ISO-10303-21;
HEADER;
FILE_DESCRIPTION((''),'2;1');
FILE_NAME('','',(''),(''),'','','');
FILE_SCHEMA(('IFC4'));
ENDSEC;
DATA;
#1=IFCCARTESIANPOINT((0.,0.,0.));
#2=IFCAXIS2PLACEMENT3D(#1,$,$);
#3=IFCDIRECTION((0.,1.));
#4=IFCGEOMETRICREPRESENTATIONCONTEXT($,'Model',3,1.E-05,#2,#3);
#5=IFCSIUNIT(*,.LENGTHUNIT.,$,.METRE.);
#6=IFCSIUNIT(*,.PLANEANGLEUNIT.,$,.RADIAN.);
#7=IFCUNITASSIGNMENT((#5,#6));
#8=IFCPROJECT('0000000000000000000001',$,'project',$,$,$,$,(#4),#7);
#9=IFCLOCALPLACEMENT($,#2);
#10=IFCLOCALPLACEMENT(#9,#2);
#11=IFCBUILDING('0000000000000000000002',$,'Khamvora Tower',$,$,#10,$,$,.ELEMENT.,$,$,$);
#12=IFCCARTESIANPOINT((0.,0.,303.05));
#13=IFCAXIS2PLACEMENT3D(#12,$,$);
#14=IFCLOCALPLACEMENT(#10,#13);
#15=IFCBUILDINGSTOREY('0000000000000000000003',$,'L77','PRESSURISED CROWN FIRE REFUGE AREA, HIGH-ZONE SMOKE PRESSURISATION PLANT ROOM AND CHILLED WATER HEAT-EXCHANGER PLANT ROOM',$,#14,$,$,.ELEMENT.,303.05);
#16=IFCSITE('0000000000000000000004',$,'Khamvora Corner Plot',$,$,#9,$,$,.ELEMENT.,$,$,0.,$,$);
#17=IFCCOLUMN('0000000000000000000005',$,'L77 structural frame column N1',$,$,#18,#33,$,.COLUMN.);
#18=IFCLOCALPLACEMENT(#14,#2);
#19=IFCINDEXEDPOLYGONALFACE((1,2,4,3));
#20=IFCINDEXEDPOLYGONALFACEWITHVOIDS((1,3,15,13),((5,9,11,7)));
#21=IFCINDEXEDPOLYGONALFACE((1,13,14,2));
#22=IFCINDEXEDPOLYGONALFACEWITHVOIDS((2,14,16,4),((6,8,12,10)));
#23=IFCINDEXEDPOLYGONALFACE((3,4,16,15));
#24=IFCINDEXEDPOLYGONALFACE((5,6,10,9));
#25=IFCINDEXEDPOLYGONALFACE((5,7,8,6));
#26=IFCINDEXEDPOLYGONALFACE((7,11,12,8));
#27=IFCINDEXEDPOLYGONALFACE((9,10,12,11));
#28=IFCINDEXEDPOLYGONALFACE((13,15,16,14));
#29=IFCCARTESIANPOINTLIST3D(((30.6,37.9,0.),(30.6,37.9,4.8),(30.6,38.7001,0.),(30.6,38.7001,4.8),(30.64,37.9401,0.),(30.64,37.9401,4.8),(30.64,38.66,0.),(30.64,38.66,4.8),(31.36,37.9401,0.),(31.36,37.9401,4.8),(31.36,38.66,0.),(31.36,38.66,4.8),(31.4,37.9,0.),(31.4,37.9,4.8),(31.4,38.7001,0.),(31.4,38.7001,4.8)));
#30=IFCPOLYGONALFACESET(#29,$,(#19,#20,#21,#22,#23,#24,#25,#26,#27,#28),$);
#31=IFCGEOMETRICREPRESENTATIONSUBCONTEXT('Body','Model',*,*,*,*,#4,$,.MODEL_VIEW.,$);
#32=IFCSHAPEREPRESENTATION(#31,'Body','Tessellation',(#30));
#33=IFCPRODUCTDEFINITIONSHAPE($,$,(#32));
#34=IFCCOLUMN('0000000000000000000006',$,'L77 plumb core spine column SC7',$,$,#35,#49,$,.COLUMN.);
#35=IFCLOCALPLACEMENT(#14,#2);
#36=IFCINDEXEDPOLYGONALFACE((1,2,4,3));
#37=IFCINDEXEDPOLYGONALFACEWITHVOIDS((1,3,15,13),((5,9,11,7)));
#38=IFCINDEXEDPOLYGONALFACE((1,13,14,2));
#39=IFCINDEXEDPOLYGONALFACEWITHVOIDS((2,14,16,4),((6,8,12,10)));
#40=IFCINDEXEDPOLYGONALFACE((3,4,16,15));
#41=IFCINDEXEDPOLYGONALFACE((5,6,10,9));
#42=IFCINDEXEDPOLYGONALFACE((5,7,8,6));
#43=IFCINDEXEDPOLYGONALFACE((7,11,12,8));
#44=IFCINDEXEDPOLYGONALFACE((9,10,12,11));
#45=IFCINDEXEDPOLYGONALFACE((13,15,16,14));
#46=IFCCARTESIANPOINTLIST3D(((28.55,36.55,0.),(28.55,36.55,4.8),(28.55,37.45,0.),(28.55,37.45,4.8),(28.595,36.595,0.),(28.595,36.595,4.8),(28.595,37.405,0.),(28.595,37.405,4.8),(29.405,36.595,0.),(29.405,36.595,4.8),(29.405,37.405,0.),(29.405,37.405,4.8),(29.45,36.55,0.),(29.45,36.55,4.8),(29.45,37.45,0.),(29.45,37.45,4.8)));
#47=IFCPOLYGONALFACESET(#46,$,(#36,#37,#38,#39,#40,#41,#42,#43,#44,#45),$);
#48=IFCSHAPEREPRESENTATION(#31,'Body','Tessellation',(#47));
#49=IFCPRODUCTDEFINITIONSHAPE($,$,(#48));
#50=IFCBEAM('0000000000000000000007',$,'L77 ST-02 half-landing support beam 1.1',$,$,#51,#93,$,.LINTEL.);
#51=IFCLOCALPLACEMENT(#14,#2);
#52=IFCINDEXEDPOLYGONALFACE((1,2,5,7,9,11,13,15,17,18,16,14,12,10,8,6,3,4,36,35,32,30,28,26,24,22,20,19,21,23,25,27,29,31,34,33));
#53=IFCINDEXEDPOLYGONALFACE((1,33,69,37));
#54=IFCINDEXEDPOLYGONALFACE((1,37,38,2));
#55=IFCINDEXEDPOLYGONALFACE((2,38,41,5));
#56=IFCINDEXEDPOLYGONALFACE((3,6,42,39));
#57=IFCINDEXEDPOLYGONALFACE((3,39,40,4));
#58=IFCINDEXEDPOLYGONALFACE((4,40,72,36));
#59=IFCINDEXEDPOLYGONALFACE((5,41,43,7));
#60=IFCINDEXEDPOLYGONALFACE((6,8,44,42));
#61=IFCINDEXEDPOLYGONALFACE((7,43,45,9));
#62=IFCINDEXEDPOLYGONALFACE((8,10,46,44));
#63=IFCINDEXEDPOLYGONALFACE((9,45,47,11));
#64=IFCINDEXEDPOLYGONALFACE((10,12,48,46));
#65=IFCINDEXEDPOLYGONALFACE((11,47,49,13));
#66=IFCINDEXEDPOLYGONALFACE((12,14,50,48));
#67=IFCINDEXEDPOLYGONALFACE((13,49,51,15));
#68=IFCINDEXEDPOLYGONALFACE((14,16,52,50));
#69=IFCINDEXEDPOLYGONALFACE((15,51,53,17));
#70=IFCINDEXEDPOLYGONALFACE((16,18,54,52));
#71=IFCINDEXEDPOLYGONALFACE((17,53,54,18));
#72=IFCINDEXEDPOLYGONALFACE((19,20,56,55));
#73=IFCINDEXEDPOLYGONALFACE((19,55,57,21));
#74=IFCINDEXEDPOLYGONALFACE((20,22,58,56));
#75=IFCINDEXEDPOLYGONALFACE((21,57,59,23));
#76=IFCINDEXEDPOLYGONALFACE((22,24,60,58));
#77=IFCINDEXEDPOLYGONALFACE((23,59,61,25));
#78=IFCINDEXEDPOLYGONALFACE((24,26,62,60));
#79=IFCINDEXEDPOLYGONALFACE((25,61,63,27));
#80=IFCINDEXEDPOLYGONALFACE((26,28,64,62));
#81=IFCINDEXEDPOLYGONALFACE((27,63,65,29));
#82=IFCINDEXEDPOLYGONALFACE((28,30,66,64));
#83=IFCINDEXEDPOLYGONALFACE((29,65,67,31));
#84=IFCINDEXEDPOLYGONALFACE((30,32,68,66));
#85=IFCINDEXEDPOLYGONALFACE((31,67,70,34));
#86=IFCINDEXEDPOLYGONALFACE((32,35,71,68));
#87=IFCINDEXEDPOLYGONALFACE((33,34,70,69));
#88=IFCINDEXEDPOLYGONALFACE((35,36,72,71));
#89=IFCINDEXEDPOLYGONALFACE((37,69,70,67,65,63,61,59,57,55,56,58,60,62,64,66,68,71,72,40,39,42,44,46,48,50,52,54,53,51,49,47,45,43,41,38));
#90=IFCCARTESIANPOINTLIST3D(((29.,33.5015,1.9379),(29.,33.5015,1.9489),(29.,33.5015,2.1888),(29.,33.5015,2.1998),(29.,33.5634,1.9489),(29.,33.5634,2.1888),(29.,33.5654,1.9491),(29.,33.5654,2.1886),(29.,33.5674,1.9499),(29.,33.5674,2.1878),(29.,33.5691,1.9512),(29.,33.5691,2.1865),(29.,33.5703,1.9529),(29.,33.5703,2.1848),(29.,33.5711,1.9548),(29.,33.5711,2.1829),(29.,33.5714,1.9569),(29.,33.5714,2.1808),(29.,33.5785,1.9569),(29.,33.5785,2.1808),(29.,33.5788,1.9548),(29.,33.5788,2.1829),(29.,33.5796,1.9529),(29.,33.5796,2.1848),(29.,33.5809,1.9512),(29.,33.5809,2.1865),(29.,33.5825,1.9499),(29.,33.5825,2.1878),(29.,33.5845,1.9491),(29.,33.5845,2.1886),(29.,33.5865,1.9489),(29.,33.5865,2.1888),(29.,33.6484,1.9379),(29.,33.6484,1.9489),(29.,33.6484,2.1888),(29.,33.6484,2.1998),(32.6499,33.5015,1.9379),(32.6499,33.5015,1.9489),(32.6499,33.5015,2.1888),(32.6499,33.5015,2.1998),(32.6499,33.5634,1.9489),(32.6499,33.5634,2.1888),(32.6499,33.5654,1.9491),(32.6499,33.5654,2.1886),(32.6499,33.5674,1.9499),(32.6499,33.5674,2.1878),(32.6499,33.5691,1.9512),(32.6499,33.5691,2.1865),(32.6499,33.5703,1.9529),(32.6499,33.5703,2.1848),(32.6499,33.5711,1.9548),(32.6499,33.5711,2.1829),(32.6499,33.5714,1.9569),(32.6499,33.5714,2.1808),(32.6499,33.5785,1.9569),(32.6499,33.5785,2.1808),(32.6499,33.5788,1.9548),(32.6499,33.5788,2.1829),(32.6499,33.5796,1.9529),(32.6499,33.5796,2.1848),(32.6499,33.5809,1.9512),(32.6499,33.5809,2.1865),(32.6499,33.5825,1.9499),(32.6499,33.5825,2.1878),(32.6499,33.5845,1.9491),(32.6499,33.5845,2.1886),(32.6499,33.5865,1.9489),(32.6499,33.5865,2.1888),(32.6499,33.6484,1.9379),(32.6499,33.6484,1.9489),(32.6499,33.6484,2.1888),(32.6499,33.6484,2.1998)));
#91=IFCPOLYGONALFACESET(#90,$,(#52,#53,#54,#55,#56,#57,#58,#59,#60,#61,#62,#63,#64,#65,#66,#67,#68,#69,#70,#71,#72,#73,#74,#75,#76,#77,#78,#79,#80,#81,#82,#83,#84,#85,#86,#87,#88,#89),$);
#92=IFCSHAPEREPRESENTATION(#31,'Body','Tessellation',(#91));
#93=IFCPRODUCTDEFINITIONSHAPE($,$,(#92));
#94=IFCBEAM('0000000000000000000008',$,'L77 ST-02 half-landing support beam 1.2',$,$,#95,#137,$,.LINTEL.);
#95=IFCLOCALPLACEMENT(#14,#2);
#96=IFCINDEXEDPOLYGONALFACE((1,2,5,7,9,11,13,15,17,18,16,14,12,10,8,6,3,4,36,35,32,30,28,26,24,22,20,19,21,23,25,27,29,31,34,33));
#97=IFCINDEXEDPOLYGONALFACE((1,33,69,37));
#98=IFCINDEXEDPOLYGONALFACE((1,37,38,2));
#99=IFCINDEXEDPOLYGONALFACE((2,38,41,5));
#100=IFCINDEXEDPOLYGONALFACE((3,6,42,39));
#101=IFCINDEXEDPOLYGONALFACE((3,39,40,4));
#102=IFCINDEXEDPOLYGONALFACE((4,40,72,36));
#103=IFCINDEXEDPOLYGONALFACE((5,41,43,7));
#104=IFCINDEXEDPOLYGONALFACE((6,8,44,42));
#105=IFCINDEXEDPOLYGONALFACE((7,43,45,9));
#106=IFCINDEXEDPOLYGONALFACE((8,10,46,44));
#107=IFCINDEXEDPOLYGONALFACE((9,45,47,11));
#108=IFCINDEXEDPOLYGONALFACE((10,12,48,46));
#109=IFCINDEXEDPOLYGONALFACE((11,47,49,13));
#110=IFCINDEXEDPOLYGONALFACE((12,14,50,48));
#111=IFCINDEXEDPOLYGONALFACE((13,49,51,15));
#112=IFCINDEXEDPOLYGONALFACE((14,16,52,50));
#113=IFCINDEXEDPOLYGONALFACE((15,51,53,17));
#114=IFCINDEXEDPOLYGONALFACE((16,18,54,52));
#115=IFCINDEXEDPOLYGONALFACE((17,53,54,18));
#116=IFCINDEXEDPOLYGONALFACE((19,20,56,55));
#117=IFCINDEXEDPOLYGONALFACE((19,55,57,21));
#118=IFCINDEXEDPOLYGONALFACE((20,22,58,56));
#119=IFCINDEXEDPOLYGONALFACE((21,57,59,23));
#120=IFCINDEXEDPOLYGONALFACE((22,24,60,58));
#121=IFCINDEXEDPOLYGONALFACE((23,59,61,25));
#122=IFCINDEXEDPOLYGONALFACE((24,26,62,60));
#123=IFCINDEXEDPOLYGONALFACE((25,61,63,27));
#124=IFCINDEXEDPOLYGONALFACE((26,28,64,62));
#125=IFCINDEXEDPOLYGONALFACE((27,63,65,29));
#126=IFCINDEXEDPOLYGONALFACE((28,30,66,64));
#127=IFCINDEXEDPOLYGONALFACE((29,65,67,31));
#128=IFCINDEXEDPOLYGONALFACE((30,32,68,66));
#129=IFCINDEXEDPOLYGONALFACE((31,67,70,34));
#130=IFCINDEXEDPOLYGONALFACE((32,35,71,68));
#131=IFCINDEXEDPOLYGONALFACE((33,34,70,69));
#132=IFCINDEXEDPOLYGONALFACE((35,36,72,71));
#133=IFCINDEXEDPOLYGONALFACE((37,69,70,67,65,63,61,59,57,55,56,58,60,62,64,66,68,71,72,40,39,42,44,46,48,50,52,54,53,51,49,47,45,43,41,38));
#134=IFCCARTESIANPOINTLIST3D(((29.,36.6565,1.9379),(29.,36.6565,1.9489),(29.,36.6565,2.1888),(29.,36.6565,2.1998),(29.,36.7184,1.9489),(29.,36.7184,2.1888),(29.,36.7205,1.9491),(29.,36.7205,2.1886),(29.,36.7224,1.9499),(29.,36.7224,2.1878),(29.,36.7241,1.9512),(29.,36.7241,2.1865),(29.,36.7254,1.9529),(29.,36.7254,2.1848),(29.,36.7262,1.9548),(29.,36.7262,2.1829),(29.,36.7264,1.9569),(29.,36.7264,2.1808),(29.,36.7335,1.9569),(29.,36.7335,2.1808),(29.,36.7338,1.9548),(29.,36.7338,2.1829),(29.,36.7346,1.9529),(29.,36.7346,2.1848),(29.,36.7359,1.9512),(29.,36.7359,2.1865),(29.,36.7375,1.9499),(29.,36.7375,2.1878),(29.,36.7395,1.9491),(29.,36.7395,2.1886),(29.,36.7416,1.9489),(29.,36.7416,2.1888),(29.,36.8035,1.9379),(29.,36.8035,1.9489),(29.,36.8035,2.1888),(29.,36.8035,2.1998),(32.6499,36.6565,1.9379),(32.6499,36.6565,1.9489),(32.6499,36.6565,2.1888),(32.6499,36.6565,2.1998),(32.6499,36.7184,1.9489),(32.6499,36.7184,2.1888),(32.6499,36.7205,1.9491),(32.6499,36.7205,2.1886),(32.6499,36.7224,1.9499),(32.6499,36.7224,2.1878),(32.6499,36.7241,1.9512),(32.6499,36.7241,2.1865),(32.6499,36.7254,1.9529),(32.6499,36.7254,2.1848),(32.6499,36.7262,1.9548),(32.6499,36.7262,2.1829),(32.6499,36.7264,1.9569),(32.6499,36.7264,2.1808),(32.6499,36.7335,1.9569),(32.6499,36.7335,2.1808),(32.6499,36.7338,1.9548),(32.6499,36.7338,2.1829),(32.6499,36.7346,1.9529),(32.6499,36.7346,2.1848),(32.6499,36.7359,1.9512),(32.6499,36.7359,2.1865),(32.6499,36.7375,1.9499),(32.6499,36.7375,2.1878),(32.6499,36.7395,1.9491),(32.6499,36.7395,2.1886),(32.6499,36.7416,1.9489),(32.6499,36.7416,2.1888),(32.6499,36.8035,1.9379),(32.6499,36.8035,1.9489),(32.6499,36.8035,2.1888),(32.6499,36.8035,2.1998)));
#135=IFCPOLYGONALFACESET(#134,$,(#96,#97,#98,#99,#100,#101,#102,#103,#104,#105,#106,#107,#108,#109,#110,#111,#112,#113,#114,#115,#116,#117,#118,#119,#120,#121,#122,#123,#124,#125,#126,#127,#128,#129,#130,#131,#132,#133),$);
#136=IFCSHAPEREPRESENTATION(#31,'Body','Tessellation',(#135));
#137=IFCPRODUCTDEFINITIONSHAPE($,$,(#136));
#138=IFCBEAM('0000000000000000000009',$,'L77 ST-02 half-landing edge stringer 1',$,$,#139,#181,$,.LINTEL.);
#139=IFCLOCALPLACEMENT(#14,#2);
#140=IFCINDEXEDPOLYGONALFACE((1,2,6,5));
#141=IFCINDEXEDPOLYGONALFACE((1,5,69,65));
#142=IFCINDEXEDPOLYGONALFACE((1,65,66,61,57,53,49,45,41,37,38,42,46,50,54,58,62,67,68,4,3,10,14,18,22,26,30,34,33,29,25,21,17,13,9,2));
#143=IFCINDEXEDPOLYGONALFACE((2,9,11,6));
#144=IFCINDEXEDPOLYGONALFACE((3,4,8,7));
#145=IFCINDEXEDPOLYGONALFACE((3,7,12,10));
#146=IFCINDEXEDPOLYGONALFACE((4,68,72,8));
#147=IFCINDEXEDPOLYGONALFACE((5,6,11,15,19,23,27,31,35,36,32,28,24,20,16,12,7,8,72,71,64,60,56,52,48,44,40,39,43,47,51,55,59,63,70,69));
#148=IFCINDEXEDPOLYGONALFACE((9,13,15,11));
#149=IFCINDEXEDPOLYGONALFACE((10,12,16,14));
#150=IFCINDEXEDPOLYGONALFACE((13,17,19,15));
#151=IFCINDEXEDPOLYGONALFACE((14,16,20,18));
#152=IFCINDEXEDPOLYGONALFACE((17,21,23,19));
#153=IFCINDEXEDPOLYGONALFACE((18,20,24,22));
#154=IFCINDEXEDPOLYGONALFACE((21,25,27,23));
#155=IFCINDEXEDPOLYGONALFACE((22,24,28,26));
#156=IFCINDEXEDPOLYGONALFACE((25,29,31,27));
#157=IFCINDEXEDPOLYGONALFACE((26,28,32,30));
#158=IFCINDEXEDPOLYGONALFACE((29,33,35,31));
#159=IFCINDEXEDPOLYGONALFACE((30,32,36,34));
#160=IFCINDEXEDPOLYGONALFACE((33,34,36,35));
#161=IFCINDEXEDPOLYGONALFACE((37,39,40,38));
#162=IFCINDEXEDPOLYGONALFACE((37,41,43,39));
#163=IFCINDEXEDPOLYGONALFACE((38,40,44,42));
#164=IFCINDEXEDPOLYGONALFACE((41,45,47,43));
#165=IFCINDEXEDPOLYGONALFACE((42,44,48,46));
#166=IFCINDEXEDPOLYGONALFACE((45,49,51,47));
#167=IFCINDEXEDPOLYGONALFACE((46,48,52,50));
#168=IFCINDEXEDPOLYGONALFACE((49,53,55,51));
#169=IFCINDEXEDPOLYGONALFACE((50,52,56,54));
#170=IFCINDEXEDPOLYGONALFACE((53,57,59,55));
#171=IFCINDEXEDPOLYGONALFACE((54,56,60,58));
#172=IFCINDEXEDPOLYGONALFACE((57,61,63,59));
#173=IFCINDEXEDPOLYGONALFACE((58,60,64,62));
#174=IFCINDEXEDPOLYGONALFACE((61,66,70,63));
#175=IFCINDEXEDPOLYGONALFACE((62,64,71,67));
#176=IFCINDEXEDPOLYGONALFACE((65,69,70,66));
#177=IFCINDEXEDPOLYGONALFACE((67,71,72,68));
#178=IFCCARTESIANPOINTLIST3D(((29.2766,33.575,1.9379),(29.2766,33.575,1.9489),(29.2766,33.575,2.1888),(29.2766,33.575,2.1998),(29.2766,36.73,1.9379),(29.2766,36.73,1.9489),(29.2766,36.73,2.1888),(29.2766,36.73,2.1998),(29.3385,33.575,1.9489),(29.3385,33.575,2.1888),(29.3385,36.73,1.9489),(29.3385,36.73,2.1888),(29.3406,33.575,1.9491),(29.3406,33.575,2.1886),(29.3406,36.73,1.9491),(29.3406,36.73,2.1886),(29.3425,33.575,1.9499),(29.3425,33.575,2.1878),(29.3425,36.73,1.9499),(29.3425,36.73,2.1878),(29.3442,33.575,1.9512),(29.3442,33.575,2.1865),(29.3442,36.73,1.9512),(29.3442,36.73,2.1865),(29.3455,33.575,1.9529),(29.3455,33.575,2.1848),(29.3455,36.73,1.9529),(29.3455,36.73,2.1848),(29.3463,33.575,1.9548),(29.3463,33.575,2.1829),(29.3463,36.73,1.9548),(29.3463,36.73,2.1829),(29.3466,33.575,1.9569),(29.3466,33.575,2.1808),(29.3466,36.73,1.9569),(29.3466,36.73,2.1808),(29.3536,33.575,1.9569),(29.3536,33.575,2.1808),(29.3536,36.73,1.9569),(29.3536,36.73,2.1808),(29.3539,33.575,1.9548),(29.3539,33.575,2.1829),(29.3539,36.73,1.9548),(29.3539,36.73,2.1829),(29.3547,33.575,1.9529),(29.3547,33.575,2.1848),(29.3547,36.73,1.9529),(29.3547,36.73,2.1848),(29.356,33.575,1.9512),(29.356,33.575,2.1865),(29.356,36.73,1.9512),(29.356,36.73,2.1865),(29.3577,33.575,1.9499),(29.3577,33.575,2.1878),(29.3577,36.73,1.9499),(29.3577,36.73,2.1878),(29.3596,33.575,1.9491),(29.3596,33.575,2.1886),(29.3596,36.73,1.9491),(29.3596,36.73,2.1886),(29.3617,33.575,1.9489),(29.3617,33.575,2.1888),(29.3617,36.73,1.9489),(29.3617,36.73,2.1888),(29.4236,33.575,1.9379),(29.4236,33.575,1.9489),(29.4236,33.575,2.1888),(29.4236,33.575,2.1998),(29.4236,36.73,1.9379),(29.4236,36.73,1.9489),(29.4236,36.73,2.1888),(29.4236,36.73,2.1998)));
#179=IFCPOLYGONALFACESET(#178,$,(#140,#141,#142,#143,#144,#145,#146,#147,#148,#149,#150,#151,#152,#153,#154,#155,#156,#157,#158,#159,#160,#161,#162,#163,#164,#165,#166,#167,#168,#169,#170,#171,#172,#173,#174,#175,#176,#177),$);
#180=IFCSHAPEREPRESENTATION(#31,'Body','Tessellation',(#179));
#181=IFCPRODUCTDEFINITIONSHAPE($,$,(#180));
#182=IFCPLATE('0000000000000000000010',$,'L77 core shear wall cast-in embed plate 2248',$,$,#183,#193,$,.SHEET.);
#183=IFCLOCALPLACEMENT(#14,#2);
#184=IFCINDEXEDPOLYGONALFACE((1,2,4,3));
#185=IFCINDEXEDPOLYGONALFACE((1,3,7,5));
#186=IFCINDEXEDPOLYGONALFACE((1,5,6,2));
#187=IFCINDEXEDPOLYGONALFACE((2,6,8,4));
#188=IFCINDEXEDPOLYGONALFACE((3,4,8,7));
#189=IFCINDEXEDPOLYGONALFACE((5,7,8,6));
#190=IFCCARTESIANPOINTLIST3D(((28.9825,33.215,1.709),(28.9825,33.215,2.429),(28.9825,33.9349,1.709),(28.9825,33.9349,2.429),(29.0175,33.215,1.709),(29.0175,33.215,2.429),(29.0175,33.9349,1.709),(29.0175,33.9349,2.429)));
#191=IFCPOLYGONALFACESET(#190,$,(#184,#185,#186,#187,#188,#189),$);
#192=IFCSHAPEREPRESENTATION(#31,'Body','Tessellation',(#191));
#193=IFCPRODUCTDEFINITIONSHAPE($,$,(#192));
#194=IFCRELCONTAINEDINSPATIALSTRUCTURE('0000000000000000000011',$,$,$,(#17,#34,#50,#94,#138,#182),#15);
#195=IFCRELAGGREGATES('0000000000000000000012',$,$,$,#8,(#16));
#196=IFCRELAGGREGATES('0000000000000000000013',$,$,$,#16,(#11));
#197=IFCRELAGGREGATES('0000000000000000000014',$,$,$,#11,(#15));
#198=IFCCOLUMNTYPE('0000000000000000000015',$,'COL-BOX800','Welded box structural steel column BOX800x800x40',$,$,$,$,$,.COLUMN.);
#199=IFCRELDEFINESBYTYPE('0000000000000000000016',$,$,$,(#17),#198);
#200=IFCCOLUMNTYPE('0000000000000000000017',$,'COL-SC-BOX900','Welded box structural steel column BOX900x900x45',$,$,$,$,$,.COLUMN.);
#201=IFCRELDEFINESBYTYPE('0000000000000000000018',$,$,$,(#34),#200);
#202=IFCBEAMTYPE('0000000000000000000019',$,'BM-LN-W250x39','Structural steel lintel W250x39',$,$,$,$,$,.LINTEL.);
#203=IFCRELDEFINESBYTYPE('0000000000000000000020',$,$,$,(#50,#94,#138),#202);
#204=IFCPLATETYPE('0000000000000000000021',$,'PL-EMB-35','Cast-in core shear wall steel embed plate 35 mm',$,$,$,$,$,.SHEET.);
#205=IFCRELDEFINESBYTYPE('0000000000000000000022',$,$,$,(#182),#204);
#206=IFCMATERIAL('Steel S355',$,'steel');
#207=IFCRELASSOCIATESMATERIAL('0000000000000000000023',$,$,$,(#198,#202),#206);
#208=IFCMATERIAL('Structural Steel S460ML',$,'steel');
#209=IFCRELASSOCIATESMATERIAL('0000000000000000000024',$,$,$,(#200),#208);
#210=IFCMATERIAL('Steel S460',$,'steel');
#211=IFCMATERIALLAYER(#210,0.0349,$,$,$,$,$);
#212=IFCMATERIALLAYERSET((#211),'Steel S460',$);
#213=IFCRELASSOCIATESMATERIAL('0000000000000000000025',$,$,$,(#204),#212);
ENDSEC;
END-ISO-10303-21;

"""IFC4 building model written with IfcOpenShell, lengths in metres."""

from ifc_helpers import new_model, si_unit, direction, frame, origin, origin_2d, place, context, subcontext, project, spatial, rectangle, hollow_rectangle, i_section, extrude, material, layer, layer_set, material_profile, profile_set, type_object, element, save


model = new_model("IFC4")

# Units and contexts
model_context = context("Model", 3, precision=1e-05, world=origin(), true_north=direction((0.0, 1.0)))
body_context = subcontext(model_context, "Body", "Model", "MODEL_VIEW")
ifc_project = project(units=[si_unit("LENGTHUNIT", "METRE"), si_unit("PLANEANGLEUNIT", "RADIAN")], contexts=[model_context])

# Site, building, storey
site_placement = place(None, origin())
site = spatial("IfcSite", under=ifc_project, at=site_placement, Name="Khamvora Corner Plot", CompositionType="ELEMENT", RefElevation=0.0)
building_placement = place(site_placement, origin())
building = spatial("IfcBuilding", under=site, at=building_placement, Name="Khamvora Tower", CompositionType="ELEMENT")
storey_placement = place(building_placement, frame((0.0, 0.0, 303.05)))
storey = spatial("IfcBuildingStorey", under=building, at=storey_placement, Name="L77", Description="PRESSURISED CROWN FIRE REFUGE AREA, HIGH-ZONE SMOKE PRESSURISATION PLANT ROOM AND CHILLED WATER HEAT-EXCHANGER PLANT ROOM", CompositionType="ELEMENT", Elevation=303.05)

# Columns
ifc_material_1 = material(Name="Steel S355", Category="steel")
ifc_material_profile_1 = material_profile(ifc_material_1, hollow_rectangle(XDim=0.8, YDim=0.8, WallThickness=0.04, at=origin_2d()), Name="BOX800x800x40")
ifc_profile_set_1 = profile_set([ifc_material_profile_1], Name="Steel S355")
column_type_1 = type_object("IfcColumnType", Name="COL-BOX800", Description="Welded box structural steel column BOX800x800x40", PredefinedType="COLUMN", material=ifc_profile_set_1)
column_1_placement = place(storey_placement, frame((31.0, 38.3, 0.0), z_axis=(0.0, 0.0, 1.0), x_axis=(1.0, 0.0, 0.0)))
element("IfcColumn", 1, at=column_1_placement, inside=storey, type_object=column_type_1, Name="L77 structural frame column N1", PredefinedType="COLUMN", context=body_context, shape_type="SweptSolid", body=[
    extrude(hollow_rectangle(XDim=0.8, YDim=0.8, WallThickness=0.04, at=origin_2d()), origin(), (0.0, 0.0, 1.0), 4.8),
])
ifc_material_2 = material(Name="Structural Steel S460ML", Category="steel")
ifc_material_profile_2 = material_profile(ifc_material_2, hollow_rectangle(XDim=0.8999, YDim=0.8999, WallThickness=0.0449, at=origin_2d()), Name="BOX900x900x45")
ifc_profile_set_2 = profile_set([ifc_material_profile_2], Name="Structural Steel S460ML")
column_type_2 = type_object("IfcColumnType", Name="COL-SC-BOX900", Description="Welded box structural steel column BOX900x900x45", PredefinedType="COLUMN", material=ifc_profile_set_2)
column_2_placement = place(storey_placement, frame((29.0, 37.0, 0.0), z_axis=(0.0, 0.0, 1.0), x_axis=(1.0, 0.0, 0.0)))
element("IfcColumn", 2, at=column_2_placement, inside=storey, type_object=column_type_2, Name="L77 plumb core spine column SC7", PredefinedType="COLUMN", context=body_context, shape_type="SweptSolid", body=[
    extrude(hollow_rectangle(XDim=0.8999, YDim=0.8999, WallThickness=0.0449, at=origin_2d()), origin(), (0.0, 0.0, 1.0), 4.8),
])

# Beams
ifc_material_profile_3 = material_profile(ifc_material_1, i_section(OverallWidth=0.147, OverallDepth=0.262, WebThickness=0.0071, FlangeThickness=0.011, FilletRadius=0.0081, at=origin_2d()), Name="W250x39")
ifc_profile_set_3 = profile_set([ifc_material_profile_3], Name="Steel S355")
beam_type = type_object("IfcBeamType", Name="BM-LN-W250x39", Description="Structural steel lintel W250x39", PredefinedType="LINTEL", material=ifc_profile_set_3)
for number, where, z_axis, x_axis, name in (
    (3, (29.0, 33.575, 2.0688), (1.0, 0.0, 0.0), (0.0, 1.0, 0.0), "L77 ST-02 half-landing support beam 1.1"),
    (4, (29.0, 36.73, 2.0688), (1.0, 0.0, 0.0), (0.0, 1.0, 0.0), "L77 ST-02 half-landing support beam 1.2"),
):
    element("IfcBeam", number, at=place(storey_placement, frame(where, z_axis=z_axis, x_axis=x_axis)), inside=storey, type_object=beam_type, Name=name, PredefinedType="LINTEL", context=body_context, shape_type="SweptSolid", body=[
        extrude(i_section(OverallWidth=0.147, OverallDepth=0.262, WebThickness=0.0071, FlangeThickness=0.011, FilletRadius=0.0081, at=origin_2d()), origin(), (0.0, 0.0, 1.0), 3.6499),
    ])
beam_placement = place(storey_placement, frame((29.3501, 33.575, 2.0688), z_axis=(0.0, 1.0, 0.0), x_axis=(-1.0, 0.0, 0.0)))
element("IfcBeam", 5, at=beam_placement, inside=storey, type_object=beam_type, Name="L77 ST-02 half-landing edge stringer 1", PredefinedType="LINTEL", context=body_context, shape_type="SweptSolid", body=[
    extrude(i_section(OverallWidth=0.147, OverallDepth=0.262, WebThickness=0.0071, FlangeThickness=0.011, FilletRadius=0.0081, at=origin_2d()), origin(), (0.0, 0.0, 1.0), 3.155),
])

# Plate
ifc_material_3 = material(Name="Steel S460", Category="steel")
ifc_layer_1 = layer(ifc_material_3, 0.0349)
ifc_layer_set_1 = layer_set([ifc_layer_1], Name="Steel S460")
plate_type = type_object("IfcPlateType", Name="PL-EMB-35", Description="Cast-in core shear wall steel embed plate 35 mm", PredefinedType="SHEET", material=ifc_layer_set_1)
for number, where, z_axis, x_axis, name in (
    (6, (29.0, 33.575, 1.709), (0.0, 0.0, 1.0), (1.0, 0.0, 0.0), "L77 core shear wall cast-in embed plate 2248"),
):
    element("IfcPlate", number, at=place(storey_placement, frame(where, z_axis=z_axis, x_axis=x_axis)), inside=storey, type_object=plate_type, Name=name, PredefinedType="SHEET", context=body_context, shape_type="SweptSolid", body=[
        extrude(rectangle(XDim=0.0349, YDim=0.72, at=origin_2d()), origin(), (0.0, 0.0, 1.0), 0.72),
    ])

save(model, "model.ifc")
